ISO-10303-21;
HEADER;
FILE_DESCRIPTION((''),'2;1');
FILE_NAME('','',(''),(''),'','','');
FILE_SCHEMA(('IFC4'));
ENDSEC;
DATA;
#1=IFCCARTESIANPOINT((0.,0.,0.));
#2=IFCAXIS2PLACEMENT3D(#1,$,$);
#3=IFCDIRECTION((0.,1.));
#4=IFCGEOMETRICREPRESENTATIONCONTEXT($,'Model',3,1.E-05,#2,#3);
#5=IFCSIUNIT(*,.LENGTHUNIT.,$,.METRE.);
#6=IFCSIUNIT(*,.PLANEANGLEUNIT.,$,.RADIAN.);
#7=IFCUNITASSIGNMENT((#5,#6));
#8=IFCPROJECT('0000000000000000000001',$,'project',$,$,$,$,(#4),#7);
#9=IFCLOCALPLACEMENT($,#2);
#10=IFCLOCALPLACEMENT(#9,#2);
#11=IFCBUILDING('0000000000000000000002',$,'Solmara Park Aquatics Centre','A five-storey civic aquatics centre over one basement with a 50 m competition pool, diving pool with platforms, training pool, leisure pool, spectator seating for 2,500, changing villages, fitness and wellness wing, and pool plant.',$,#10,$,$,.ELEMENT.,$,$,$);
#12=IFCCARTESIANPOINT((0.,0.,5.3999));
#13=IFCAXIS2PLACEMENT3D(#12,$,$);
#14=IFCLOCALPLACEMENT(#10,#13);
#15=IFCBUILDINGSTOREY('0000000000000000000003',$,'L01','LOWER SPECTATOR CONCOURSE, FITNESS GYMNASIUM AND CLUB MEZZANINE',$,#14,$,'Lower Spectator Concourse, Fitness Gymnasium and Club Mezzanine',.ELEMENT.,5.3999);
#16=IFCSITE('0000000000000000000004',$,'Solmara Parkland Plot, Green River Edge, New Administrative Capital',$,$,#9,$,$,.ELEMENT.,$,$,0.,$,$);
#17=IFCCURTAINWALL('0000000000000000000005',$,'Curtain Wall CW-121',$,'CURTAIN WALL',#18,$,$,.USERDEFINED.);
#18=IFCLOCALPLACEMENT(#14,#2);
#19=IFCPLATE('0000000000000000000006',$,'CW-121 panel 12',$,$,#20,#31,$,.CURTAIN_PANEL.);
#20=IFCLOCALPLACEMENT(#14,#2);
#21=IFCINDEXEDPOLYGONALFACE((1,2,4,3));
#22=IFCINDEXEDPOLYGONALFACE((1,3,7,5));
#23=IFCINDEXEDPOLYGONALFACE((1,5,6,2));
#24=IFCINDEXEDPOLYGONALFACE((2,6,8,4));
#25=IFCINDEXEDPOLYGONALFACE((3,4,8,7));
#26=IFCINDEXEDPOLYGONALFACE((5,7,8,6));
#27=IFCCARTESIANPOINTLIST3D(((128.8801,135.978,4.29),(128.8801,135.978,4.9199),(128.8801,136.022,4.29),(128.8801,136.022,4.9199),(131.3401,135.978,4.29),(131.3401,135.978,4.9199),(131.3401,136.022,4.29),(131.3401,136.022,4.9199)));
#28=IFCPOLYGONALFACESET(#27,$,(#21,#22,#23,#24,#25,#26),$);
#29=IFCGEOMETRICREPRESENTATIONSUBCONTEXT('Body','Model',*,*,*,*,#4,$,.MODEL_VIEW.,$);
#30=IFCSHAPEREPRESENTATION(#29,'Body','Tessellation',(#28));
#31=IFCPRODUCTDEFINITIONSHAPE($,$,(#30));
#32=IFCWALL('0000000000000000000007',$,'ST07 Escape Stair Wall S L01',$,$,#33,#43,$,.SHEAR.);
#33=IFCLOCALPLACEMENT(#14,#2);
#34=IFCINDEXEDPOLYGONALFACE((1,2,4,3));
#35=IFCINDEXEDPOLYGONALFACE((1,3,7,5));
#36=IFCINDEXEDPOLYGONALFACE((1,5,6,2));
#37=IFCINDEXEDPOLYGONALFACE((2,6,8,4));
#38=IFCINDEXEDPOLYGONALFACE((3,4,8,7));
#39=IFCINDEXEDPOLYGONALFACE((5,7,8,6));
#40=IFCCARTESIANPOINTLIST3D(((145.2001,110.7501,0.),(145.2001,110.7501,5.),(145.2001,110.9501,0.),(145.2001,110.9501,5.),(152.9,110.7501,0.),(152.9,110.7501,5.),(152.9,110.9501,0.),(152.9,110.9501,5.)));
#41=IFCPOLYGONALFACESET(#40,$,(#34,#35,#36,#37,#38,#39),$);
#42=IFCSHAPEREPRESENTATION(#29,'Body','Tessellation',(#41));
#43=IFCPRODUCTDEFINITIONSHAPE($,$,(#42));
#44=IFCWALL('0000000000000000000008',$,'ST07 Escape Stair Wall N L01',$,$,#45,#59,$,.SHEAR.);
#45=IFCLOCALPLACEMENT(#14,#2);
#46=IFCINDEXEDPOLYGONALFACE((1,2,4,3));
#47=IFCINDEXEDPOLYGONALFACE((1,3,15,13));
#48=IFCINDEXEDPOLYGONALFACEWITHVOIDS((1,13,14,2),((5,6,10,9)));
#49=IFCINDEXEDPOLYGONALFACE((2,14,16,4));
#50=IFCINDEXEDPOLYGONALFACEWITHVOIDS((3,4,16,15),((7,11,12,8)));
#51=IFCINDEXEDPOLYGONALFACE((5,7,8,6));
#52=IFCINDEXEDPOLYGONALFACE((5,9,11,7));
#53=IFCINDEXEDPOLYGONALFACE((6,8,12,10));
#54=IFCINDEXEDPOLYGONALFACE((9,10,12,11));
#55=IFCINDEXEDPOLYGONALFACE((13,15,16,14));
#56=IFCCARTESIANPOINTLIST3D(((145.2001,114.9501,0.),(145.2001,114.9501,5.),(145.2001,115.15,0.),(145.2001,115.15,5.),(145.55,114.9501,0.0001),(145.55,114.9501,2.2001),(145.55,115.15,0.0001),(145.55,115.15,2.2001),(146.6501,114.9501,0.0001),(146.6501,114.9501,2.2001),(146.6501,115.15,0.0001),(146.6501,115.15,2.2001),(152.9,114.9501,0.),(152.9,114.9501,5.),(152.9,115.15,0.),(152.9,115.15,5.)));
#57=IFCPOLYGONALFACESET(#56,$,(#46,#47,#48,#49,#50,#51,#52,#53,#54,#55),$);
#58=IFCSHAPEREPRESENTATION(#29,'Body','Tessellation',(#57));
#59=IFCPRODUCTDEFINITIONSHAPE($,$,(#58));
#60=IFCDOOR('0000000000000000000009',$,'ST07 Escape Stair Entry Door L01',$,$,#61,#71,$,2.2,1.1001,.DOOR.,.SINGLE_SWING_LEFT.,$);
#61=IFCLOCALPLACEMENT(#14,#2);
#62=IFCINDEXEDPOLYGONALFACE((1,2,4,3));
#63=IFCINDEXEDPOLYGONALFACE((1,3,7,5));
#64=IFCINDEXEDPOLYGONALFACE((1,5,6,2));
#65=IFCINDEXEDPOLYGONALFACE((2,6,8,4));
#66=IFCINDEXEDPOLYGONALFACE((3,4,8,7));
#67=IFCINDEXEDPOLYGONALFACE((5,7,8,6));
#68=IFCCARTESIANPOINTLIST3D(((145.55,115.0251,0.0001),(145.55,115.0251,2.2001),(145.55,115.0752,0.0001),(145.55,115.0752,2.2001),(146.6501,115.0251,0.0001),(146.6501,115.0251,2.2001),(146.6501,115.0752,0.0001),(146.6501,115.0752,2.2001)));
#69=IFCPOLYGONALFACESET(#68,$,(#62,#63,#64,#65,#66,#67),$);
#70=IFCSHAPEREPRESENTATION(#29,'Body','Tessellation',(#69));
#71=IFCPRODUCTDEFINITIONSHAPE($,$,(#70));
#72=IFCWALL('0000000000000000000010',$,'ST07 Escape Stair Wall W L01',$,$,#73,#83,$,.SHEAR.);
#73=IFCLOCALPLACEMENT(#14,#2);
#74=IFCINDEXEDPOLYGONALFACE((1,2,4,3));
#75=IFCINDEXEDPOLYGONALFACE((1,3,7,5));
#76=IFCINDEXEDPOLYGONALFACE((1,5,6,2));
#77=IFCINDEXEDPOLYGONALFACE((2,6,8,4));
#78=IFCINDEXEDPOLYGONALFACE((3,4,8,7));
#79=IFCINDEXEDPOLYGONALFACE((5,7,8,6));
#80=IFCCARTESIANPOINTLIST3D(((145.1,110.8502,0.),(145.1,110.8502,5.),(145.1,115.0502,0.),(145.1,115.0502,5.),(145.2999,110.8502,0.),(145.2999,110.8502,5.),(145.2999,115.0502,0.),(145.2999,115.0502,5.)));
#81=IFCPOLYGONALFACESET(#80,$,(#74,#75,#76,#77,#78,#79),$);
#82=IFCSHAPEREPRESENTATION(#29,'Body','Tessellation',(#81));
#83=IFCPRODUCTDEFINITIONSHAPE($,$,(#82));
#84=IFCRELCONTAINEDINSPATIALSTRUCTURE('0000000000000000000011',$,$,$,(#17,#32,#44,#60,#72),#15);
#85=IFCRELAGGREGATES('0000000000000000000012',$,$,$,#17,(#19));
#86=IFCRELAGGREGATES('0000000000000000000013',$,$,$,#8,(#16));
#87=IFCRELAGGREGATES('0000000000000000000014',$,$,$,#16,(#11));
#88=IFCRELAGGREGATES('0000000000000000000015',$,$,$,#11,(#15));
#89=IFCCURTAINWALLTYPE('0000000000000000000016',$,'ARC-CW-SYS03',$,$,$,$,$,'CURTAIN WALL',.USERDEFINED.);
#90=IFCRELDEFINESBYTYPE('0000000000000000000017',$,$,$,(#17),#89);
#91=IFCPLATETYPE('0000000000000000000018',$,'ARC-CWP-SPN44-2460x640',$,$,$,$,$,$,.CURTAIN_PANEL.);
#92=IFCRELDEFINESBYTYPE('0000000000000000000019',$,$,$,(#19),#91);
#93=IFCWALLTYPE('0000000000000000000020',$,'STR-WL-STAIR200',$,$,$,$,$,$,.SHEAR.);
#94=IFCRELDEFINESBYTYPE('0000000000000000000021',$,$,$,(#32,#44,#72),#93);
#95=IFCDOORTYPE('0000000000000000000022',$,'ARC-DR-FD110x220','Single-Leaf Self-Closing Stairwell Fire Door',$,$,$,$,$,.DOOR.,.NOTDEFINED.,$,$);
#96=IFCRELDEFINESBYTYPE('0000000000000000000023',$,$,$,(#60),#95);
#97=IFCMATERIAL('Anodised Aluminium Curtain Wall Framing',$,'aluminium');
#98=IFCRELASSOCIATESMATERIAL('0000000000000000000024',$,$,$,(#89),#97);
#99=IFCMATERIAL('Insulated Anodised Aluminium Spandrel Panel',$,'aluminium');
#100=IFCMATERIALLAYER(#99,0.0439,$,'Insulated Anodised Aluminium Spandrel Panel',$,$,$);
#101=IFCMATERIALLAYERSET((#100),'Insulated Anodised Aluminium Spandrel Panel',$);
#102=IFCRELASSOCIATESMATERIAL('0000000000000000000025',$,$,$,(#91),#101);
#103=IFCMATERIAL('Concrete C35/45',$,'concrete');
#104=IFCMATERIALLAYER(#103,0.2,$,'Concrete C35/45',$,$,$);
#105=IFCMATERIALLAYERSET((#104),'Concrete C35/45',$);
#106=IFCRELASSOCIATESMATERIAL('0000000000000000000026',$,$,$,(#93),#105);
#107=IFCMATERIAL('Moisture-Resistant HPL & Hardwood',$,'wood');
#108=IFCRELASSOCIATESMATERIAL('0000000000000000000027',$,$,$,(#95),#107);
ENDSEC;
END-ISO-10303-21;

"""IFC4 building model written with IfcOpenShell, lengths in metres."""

from ifc_helpers import new_model, si_unit, direction, frame, frame_2d, origin, origin_2d, place, context, subcontext, project, spatial, rectangle, extrude, material, layer, layer_set, type_object, element, fill, aggregate, save


model = new_model("IFC4")

# Units and contexts
model_context = context("Model", 3, precision=1e-05, world=origin(), true_north=direction((0.0, 1.0)))
body_context = subcontext(model_context, "Body", "Model", "MODEL_VIEW")
ifc_project = project(units=[si_unit("LENGTHUNIT", "METRE"), si_unit("PLANEANGLEUNIT", "RADIAN")], contexts=[model_context])

# Site, building, storey
site_placement = place(None, origin())
site = spatial("IfcSite", under=ifc_project, at=site_placement, Name="Solmara Parkland Plot, Green River Edge, New Administrative Capital", CompositionType="ELEMENT", RefElevation=0.0)
building_placement = place(site_placement, origin())
building = spatial("IfcBuilding", under=site, at=building_placement, Name="Solmara Park Aquatics Centre", Description="A five-storey civic aquatics centre over one basement with a 50 m competition pool, diving pool with platforms, training pool, leisure pool, spectator seating for 2,500, changing villages, fitness and wellness wing, and pool plant.", CompositionType="ELEMENT")
storey_placement = place(building_placement, frame((0.0, 0.0, 5.3999)))
storey = spatial("IfcBuildingStorey", under=building, at=storey_placement, Name="L01", Description="LOWER SPECTATOR CONCOURSE, FITNESS GYMNASIUM AND CLUB MEZZANINE", LongName="Lower Spectator Concourse, Fitness Gymnasium and Club Mezzanine", CompositionType="ELEMENT", Elevation=5.3999)

# Curtain wall
ifc_material_1 = material(Name="Anodised Aluminium Curtain Wall Framing", Category="aluminium")
curtain_wall_type = type_object("IfcCurtainWallType", Name="ARC-CW-SYS03", ElementType="CURTAIN WALL", PredefinedType="USERDEFINED", material=ifc_material_1)
curtain_wall_1_placement = place(storey_placement, origin())
curtain_wall_1 = element("IfcCurtainWall", 1, at=curtain_wall_1_placement, inside=storey, type_object=curtain_wall_type, Name="Curtain Wall CW-121", ObjectType="CURTAIN WALL", PredefinedType="USERDEFINED")

# Plate
ifc_material_2 = material(Name="Insulated Anodised Aluminium Spandrel Panel", Category="aluminium")
ifc_layer_1 = layer(ifc_material_2, 0.0439, Name="Insulated Anodised Aluminium Spandrel Panel")
ifc_layer_set_1 = layer_set([ifc_layer_1], Name="Insulated Anodised Aluminium Spandrel Panel")
plate_type_1 = type_object("IfcPlateType", Name="ARC-CWP-SPN44-2460x640", PredefinedType="CURTAIN_PANEL", material=ifc_layer_set_1)
plate_1_placement = place(storey_placement, frame((130.1101, 136.0, 4.29), z_axis=(0.0, 0.0, 1.0), x_axis=(1.0, 0.0, 0.0)))
plate_1 = element("IfcPlate", 2, at=plate_1_placement, type_object=plate_type_1, Name="CW-121 panel 12", PredefinedType="CURTAIN_PANEL", context=body_context, shape_type="SweptSolid", body=[
    extrude(rectangle(XDim=2.46, YDim=0.0439, at=origin_2d()), origin(), (0.0, 0.0, 1.0), 0.6299),
])
aggregate(curtain_wall_1, [plate_1])

# Wall
ifc_material_3 = material(Name="Concrete C35/45", Category="concrete")
ifc_layer_2 = layer(ifc_material_3, 0.2, Name="Concrete C35/45")
ifc_layer_set_2 = layer_set([ifc_layer_2], Name="Concrete C35/45")
wall_type = type_object("IfcWallType", Name="STR-WL-STAIR200", PredefinedType="SHEAR", material=ifc_layer_set_2)
wall_1_placement = place(storey_placement, frame((145.2, 110.8501, 0.0), z_axis=(0.0, 0.0, 1.0), x_axis=(1.0, 0.0, 0.0)))
element("IfcWall", 3, at=wall_1_placement, inside=storey, type_object=wall_type, Name="ST07 Escape Stair Wall S L01", PredefinedType="SHEAR", context=body_context, shape_type="SweptSolid", body=[
    extrude(rectangle(XDim=7.7, YDim=0.2, at=frame_2d((3.8501, 0.0))), origin(), (0.0, 0.0, 1.0), 5.0),
])

# Wall, opening, door
wall_2_placement = place(storey_placement, frame((145.2, 115.05, 0.0), z_axis=(0.0, 0.0, 1.0), x_axis=(1.0, 0.0, 0.0)))
wall_2 = element("IfcWall", 4, at=wall_2_placement, inside=storey, type_object=wall_type, Name="ST07 Escape Stair Wall N L01", PredefinedType="SHEAR", context=body_context, shape_type="SweptSolid", body=[
    extrude(rectangle(XDim=7.7, YDim=0.2, at=frame_2d((3.8501, 0.0))), origin(), (0.0, 0.0, 1.0), 5.0),
])
opening_placement = place(wall_2_placement, frame((0.3501, 0.0, 0.0)))
opening = element("IfcOpeningElement", 5, at=opening_placement, cuts=wall_2, PredefinedType="OPENING", context=body_context, shape_type="SweptSolid", body=[
    extrude(rectangle(XDim=1.1001, YDim=2.2, at=frame_2d((0.55, 1.1001))), frame((0.0, 0.1099, 0.0), z_axis=(0.0, -1.0, 0.0), x_axis=(1.0, 0.0, 0.0)), (0.0, 0.0, 1.0), 0.22),
])
ifc_material_4 = material(Name="Moisture-Resistant HPL & Hardwood", Category="wood")
door_type = type_object("IfcDoorType", Name="ARC-DR-FD110x220", Description="Single-Leaf Self-Closing Stairwell Fire Door", OperationType="NOTDEFINED", PredefinedType="DOOR", material=ifc_material_4)
door_placement = place(opening_placement, frame((1.1001, 0.0, 0.0), z_axis=(0.0, 0.0, 1.0), x_axis=(-1.0, 0.0, 0.0)))
door = element("IfcDoor", 6, at=door_placement, inside=storey, type_object=door_type, Name="ST07 Escape Stair Entry Door L01", OperationType="SINGLE_SWING_LEFT", OverallHeight=2.2, OverallWidth=1.1001, PredefinedType="DOOR", context=body_context, shape_type="SweptSolid", body=[
    extrude(rectangle(XDim=1.1001, YDim=2.2, at=frame_2d((0.55, 1.1001))), frame((0.0, 0.0249, 0.0), z_axis=(0.0, -1.0, 0.0), x_axis=(1.0, 0.0, 0.0)), (0.0, 0.0, 1.0), 0.05),
])
fill(opening, door)

# Wall
wall_3_placement = place(storey_placement, frame((145.2, 110.8501, 0.0), z_axis=(0.0, 0.0, 1.0), x_axis=(0.0, 1.0, 0.0)))
element("IfcWall", 7, at=wall_3_placement, inside=storey, type_object=wall_type, Name="ST07 Escape Stair Wall W L01", PredefinedType="SHEAR", context=body_context, shape_type="SweptSolid", body=[
    extrude(rectangle(XDim=4.2, YDim=0.2, at=frame_2d((2.1001, 0.0))), origin(), (0.0, 0.0, 1.0), 5.0),
])

save(model, "model.ifc")
